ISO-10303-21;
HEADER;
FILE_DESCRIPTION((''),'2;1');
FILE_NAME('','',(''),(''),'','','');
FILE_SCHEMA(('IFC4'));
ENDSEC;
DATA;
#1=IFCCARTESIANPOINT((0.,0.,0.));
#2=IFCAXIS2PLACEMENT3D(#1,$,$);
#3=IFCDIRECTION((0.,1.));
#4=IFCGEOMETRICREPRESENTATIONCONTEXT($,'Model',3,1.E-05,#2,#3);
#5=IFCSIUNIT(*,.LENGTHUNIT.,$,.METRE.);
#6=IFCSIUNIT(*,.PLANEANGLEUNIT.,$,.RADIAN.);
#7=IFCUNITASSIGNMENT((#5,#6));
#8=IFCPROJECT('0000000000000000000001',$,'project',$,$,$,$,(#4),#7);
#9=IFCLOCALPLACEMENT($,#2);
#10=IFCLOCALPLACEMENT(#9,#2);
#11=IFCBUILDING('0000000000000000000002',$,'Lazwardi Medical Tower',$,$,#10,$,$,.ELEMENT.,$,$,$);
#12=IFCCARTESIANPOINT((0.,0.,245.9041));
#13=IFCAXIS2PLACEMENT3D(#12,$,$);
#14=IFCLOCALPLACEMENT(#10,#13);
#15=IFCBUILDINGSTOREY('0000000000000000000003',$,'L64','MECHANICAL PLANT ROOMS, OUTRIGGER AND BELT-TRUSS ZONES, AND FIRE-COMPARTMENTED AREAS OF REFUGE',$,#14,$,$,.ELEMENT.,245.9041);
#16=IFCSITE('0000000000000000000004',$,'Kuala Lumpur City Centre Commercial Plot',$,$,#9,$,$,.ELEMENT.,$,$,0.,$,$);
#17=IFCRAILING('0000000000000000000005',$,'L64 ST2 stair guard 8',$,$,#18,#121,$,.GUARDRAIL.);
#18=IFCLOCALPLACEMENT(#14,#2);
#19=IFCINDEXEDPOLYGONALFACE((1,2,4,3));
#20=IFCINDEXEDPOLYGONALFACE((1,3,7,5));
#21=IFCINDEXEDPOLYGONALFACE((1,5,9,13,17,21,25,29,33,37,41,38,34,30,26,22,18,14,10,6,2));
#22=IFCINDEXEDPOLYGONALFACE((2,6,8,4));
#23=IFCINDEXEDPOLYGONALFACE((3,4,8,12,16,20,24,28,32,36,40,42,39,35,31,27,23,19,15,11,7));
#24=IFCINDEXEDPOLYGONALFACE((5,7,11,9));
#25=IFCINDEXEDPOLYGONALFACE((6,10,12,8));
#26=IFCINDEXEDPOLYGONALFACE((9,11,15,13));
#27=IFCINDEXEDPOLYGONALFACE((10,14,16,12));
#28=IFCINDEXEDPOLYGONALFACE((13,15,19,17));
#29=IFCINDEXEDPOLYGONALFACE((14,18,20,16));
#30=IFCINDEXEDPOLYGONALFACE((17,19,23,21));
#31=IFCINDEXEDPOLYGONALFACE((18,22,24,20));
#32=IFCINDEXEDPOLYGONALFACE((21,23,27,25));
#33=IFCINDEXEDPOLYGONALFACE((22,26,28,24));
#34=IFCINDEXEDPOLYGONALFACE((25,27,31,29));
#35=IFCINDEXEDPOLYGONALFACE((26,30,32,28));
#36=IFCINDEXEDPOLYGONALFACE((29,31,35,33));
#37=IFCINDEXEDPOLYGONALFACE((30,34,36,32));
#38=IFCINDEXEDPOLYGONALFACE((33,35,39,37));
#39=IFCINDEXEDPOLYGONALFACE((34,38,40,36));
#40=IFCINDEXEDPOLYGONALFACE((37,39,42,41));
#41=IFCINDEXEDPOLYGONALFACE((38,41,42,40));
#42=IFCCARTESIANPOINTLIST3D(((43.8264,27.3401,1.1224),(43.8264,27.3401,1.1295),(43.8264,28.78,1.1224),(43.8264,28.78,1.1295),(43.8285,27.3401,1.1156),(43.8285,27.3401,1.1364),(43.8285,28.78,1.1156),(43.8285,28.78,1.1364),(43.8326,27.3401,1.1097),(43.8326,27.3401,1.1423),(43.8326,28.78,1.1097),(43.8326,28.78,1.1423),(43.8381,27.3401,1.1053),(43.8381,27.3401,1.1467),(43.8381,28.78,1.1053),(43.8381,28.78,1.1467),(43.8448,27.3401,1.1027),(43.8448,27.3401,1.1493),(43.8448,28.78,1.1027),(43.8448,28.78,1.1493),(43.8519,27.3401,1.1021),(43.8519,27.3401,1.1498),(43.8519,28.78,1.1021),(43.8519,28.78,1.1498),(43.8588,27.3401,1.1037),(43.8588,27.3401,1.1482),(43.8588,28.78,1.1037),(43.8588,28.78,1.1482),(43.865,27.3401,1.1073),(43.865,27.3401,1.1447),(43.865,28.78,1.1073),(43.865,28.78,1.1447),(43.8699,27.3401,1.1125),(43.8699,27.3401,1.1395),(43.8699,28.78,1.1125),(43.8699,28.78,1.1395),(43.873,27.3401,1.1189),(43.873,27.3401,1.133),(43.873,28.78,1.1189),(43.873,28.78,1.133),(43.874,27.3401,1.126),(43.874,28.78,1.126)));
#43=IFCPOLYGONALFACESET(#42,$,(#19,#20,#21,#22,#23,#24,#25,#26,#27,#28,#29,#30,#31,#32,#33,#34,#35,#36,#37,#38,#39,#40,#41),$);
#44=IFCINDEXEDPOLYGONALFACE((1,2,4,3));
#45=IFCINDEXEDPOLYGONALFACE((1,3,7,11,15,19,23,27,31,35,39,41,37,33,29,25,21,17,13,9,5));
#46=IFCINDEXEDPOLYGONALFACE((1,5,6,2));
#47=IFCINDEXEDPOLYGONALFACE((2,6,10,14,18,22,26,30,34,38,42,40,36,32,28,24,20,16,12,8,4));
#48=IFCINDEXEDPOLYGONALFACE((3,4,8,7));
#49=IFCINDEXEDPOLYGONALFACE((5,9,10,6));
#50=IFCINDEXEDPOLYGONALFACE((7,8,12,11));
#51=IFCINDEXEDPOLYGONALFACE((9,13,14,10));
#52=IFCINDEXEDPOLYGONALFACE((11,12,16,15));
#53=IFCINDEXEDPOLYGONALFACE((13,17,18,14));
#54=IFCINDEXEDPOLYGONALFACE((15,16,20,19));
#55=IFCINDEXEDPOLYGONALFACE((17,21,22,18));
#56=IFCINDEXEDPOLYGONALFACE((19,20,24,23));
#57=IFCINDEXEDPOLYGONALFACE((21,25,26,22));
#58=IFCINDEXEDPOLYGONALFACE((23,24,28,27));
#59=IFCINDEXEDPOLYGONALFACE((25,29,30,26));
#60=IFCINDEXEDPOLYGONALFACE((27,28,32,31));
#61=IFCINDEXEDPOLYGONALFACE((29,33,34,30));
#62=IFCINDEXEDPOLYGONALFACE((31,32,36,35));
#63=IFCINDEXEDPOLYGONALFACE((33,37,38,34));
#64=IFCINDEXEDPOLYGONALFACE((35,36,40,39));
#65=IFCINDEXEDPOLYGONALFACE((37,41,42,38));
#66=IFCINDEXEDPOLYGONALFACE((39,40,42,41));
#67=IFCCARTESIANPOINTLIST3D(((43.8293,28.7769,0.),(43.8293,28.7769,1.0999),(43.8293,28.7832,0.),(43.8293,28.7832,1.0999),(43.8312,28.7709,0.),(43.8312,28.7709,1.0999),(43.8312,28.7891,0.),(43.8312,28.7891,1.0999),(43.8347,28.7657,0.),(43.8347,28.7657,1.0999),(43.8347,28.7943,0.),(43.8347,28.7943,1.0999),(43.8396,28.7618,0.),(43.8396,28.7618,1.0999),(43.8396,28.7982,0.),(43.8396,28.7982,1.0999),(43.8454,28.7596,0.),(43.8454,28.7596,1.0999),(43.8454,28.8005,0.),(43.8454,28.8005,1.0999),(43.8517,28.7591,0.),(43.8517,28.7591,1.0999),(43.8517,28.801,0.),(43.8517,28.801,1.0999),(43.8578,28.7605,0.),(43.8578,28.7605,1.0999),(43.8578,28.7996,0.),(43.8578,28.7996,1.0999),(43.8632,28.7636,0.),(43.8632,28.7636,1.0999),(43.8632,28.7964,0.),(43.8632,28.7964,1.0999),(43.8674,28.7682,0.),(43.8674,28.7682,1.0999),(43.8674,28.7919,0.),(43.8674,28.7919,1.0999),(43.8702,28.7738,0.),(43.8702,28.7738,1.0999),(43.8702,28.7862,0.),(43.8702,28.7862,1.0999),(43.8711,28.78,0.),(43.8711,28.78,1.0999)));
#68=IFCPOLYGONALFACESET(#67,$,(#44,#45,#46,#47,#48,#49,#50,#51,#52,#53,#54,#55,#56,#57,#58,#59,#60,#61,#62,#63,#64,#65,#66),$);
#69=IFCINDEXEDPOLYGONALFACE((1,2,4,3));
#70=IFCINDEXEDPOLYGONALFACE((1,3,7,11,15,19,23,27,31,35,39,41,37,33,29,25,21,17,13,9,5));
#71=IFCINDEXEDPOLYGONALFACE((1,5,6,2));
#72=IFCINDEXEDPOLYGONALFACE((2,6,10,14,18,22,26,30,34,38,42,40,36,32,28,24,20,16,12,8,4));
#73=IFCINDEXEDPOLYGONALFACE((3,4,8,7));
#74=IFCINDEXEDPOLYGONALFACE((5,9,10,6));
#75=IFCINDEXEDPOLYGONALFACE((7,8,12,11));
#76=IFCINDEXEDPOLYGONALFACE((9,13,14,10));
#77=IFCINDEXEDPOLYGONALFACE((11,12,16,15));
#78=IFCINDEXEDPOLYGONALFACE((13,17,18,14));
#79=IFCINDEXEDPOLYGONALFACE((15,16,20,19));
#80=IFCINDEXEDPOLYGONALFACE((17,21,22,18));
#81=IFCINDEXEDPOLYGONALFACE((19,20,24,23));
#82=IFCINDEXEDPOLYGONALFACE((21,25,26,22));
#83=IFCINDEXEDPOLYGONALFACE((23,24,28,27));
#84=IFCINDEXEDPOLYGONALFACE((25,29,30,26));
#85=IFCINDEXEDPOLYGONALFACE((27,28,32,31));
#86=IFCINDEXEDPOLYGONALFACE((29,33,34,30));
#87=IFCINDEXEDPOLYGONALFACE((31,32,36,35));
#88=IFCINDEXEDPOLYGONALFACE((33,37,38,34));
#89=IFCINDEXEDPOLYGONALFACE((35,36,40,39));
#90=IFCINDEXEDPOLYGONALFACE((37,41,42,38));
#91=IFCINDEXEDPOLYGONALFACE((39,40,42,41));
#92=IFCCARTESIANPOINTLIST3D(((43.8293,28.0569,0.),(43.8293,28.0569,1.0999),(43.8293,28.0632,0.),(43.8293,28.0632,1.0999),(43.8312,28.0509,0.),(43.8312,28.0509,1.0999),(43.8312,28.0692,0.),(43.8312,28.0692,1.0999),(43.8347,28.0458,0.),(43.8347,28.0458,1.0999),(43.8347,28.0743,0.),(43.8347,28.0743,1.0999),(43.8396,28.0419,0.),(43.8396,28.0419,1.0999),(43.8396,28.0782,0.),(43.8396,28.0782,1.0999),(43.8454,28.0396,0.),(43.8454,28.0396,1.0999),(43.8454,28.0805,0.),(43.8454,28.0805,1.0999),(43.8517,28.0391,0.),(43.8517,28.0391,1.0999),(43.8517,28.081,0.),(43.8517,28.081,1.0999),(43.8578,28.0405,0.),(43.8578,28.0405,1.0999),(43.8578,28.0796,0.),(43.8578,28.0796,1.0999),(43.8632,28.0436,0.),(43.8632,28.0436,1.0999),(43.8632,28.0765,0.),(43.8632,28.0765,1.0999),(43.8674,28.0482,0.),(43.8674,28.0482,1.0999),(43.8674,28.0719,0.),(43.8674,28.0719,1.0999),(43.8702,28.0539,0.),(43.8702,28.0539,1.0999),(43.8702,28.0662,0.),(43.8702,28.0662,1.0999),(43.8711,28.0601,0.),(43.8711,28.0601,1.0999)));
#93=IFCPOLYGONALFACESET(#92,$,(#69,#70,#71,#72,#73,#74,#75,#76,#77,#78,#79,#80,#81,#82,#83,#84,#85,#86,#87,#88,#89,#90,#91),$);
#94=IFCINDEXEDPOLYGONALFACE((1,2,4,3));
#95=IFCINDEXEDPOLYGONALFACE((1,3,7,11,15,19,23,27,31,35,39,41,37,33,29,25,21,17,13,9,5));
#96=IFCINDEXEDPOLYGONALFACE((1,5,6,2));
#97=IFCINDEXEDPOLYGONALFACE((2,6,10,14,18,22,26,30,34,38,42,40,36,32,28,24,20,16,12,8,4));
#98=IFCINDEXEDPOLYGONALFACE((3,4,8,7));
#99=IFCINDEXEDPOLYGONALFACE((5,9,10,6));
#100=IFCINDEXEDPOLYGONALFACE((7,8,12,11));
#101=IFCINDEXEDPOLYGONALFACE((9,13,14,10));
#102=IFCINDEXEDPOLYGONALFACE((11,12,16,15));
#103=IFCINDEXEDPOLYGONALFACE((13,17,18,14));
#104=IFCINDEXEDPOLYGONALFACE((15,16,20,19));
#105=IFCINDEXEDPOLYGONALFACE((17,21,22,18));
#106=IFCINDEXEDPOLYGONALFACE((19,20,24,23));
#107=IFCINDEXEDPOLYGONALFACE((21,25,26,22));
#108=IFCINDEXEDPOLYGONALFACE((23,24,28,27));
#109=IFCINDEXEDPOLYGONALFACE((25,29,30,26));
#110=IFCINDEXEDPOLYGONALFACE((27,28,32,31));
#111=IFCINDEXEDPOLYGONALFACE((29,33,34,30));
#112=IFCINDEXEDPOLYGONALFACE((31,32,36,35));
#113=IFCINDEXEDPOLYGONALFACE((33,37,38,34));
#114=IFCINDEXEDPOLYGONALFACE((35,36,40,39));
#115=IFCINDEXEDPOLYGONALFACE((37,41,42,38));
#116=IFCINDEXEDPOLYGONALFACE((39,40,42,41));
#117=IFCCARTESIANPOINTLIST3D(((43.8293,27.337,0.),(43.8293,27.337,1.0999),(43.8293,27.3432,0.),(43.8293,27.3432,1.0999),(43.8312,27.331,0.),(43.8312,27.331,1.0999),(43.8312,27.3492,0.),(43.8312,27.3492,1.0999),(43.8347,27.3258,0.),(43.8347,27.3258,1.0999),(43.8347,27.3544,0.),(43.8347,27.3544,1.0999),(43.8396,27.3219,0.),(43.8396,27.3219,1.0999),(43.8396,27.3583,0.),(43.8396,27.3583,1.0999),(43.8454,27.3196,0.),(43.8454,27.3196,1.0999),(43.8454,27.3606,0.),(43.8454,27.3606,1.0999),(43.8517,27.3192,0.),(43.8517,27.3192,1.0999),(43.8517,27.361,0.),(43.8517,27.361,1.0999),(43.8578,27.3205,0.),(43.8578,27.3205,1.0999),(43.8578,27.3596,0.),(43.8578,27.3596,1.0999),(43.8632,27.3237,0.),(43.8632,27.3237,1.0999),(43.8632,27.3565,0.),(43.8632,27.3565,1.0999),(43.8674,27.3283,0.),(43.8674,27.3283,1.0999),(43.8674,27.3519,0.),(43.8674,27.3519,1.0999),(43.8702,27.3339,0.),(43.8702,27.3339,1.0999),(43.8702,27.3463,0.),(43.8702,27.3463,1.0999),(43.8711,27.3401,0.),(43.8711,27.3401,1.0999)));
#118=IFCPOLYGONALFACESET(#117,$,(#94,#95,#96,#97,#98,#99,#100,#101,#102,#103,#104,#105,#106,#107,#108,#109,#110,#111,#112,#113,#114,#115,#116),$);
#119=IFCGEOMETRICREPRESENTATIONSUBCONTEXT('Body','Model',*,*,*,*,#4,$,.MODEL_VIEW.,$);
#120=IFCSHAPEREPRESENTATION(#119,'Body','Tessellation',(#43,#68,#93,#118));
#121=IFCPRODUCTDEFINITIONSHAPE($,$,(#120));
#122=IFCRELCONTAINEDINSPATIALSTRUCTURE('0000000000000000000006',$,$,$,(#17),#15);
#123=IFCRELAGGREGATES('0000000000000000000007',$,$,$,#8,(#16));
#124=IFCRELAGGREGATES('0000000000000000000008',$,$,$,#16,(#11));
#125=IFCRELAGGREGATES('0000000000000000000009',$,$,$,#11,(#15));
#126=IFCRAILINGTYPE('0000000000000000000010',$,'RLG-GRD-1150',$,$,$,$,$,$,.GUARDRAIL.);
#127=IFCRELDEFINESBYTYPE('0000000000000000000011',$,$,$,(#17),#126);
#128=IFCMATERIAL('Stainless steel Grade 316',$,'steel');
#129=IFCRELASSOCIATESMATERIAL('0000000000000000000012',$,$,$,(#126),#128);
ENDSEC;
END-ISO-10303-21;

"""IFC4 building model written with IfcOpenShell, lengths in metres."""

from ifc_helpers import new_model, si_unit, direction, frame, origin, origin_2d, place, context, subcontext, project, spatial, circle, extrude, material, type_object, element, save


model = new_model("IFC4")

# Units and contexts
model_context = context("Model", 3, precision=1e-05, world=origin(), true_north=direction((0.0, 1.0)))
body_context = subcontext(model_context, "Body", "Model", "MODEL_VIEW")
ifc_project = project(units=[si_unit("LENGTHUNIT", "METRE"), si_unit("PLANEANGLEUNIT", "RADIAN")], contexts=[model_context])

# Site, building, storey
site_placement = place(None, origin())
site = spatial("IfcSite", under=ifc_project, at=site_placement, Name="Kuala Lumpur City Centre Commercial Plot", CompositionType="ELEMENT", RefElevation=0.0)
building_placement = place(site_placement, origin())
building = spatial("IfcBuilding", under=site, at=building_placement, Name="Lazwardi Medical Tower", CompositionType="ELEMENT")
storey_placement = place(building_placement, frame((0.0, 0.0, 245.9041)))
storey = spatial("IfcBuildingStorey", under=building, at=storey_placement, Name="L64", Description="MECHANICAL PLANT ROOMS, OUTRIGGER AND BELT-TRUSS ZONES, AND FIRE-COMPARTMENTED AREAS OF REFUGE", CompositionType="ELEMENT", Elevation=245.9041)

# Railing
ifc_material_1 = material(Name="Stainless steel Grade 316", Category="steel")
railing_type_1 = type_object("IfcRailingType", Name="RLG-GRD-1150", PredefinedType="GUARDRAIL", material=ifc_material_1)
railing_1_placement = place(storey_placement, frame((43.8501, 28.78, 0.0)))
element("IfcRailing", 1, at=railing_1_placement, inside=storey, type_object=railing_type_1, Name="L64 ST2 stair guard 8", PredefinedType="GUARDRAIL", context=body_context, shape_type="SweptSolid", body=[
    extrude(circle(Radius=0.0239, at=origin_2d()), frame((0.0, 0.0, 1.126), z_axis=(0.0, -1.0, 0.0), x_axis=(1.0, 0.0, 0.0)), (0.0, 0.0, 1.0), 1.4399),
    extrude(circle(Radius=0.021, at=origin_2d()), origin(), (0.0, 0.0, 1.0), 1.0999),
    extrude(circle(Radius=0.021, at=origin_2d()), frame((0.0, -0.72, 0.0)), (0.0, 0.0, 1.0), 1.0999),
    extrude(circle(Radius=0.021, at=origin_2d()), frame((0.0, -1.4399, 0.0)), (0.0, 0.0, 1.0), 1.0999),
])

save(model, "model.ifc")
